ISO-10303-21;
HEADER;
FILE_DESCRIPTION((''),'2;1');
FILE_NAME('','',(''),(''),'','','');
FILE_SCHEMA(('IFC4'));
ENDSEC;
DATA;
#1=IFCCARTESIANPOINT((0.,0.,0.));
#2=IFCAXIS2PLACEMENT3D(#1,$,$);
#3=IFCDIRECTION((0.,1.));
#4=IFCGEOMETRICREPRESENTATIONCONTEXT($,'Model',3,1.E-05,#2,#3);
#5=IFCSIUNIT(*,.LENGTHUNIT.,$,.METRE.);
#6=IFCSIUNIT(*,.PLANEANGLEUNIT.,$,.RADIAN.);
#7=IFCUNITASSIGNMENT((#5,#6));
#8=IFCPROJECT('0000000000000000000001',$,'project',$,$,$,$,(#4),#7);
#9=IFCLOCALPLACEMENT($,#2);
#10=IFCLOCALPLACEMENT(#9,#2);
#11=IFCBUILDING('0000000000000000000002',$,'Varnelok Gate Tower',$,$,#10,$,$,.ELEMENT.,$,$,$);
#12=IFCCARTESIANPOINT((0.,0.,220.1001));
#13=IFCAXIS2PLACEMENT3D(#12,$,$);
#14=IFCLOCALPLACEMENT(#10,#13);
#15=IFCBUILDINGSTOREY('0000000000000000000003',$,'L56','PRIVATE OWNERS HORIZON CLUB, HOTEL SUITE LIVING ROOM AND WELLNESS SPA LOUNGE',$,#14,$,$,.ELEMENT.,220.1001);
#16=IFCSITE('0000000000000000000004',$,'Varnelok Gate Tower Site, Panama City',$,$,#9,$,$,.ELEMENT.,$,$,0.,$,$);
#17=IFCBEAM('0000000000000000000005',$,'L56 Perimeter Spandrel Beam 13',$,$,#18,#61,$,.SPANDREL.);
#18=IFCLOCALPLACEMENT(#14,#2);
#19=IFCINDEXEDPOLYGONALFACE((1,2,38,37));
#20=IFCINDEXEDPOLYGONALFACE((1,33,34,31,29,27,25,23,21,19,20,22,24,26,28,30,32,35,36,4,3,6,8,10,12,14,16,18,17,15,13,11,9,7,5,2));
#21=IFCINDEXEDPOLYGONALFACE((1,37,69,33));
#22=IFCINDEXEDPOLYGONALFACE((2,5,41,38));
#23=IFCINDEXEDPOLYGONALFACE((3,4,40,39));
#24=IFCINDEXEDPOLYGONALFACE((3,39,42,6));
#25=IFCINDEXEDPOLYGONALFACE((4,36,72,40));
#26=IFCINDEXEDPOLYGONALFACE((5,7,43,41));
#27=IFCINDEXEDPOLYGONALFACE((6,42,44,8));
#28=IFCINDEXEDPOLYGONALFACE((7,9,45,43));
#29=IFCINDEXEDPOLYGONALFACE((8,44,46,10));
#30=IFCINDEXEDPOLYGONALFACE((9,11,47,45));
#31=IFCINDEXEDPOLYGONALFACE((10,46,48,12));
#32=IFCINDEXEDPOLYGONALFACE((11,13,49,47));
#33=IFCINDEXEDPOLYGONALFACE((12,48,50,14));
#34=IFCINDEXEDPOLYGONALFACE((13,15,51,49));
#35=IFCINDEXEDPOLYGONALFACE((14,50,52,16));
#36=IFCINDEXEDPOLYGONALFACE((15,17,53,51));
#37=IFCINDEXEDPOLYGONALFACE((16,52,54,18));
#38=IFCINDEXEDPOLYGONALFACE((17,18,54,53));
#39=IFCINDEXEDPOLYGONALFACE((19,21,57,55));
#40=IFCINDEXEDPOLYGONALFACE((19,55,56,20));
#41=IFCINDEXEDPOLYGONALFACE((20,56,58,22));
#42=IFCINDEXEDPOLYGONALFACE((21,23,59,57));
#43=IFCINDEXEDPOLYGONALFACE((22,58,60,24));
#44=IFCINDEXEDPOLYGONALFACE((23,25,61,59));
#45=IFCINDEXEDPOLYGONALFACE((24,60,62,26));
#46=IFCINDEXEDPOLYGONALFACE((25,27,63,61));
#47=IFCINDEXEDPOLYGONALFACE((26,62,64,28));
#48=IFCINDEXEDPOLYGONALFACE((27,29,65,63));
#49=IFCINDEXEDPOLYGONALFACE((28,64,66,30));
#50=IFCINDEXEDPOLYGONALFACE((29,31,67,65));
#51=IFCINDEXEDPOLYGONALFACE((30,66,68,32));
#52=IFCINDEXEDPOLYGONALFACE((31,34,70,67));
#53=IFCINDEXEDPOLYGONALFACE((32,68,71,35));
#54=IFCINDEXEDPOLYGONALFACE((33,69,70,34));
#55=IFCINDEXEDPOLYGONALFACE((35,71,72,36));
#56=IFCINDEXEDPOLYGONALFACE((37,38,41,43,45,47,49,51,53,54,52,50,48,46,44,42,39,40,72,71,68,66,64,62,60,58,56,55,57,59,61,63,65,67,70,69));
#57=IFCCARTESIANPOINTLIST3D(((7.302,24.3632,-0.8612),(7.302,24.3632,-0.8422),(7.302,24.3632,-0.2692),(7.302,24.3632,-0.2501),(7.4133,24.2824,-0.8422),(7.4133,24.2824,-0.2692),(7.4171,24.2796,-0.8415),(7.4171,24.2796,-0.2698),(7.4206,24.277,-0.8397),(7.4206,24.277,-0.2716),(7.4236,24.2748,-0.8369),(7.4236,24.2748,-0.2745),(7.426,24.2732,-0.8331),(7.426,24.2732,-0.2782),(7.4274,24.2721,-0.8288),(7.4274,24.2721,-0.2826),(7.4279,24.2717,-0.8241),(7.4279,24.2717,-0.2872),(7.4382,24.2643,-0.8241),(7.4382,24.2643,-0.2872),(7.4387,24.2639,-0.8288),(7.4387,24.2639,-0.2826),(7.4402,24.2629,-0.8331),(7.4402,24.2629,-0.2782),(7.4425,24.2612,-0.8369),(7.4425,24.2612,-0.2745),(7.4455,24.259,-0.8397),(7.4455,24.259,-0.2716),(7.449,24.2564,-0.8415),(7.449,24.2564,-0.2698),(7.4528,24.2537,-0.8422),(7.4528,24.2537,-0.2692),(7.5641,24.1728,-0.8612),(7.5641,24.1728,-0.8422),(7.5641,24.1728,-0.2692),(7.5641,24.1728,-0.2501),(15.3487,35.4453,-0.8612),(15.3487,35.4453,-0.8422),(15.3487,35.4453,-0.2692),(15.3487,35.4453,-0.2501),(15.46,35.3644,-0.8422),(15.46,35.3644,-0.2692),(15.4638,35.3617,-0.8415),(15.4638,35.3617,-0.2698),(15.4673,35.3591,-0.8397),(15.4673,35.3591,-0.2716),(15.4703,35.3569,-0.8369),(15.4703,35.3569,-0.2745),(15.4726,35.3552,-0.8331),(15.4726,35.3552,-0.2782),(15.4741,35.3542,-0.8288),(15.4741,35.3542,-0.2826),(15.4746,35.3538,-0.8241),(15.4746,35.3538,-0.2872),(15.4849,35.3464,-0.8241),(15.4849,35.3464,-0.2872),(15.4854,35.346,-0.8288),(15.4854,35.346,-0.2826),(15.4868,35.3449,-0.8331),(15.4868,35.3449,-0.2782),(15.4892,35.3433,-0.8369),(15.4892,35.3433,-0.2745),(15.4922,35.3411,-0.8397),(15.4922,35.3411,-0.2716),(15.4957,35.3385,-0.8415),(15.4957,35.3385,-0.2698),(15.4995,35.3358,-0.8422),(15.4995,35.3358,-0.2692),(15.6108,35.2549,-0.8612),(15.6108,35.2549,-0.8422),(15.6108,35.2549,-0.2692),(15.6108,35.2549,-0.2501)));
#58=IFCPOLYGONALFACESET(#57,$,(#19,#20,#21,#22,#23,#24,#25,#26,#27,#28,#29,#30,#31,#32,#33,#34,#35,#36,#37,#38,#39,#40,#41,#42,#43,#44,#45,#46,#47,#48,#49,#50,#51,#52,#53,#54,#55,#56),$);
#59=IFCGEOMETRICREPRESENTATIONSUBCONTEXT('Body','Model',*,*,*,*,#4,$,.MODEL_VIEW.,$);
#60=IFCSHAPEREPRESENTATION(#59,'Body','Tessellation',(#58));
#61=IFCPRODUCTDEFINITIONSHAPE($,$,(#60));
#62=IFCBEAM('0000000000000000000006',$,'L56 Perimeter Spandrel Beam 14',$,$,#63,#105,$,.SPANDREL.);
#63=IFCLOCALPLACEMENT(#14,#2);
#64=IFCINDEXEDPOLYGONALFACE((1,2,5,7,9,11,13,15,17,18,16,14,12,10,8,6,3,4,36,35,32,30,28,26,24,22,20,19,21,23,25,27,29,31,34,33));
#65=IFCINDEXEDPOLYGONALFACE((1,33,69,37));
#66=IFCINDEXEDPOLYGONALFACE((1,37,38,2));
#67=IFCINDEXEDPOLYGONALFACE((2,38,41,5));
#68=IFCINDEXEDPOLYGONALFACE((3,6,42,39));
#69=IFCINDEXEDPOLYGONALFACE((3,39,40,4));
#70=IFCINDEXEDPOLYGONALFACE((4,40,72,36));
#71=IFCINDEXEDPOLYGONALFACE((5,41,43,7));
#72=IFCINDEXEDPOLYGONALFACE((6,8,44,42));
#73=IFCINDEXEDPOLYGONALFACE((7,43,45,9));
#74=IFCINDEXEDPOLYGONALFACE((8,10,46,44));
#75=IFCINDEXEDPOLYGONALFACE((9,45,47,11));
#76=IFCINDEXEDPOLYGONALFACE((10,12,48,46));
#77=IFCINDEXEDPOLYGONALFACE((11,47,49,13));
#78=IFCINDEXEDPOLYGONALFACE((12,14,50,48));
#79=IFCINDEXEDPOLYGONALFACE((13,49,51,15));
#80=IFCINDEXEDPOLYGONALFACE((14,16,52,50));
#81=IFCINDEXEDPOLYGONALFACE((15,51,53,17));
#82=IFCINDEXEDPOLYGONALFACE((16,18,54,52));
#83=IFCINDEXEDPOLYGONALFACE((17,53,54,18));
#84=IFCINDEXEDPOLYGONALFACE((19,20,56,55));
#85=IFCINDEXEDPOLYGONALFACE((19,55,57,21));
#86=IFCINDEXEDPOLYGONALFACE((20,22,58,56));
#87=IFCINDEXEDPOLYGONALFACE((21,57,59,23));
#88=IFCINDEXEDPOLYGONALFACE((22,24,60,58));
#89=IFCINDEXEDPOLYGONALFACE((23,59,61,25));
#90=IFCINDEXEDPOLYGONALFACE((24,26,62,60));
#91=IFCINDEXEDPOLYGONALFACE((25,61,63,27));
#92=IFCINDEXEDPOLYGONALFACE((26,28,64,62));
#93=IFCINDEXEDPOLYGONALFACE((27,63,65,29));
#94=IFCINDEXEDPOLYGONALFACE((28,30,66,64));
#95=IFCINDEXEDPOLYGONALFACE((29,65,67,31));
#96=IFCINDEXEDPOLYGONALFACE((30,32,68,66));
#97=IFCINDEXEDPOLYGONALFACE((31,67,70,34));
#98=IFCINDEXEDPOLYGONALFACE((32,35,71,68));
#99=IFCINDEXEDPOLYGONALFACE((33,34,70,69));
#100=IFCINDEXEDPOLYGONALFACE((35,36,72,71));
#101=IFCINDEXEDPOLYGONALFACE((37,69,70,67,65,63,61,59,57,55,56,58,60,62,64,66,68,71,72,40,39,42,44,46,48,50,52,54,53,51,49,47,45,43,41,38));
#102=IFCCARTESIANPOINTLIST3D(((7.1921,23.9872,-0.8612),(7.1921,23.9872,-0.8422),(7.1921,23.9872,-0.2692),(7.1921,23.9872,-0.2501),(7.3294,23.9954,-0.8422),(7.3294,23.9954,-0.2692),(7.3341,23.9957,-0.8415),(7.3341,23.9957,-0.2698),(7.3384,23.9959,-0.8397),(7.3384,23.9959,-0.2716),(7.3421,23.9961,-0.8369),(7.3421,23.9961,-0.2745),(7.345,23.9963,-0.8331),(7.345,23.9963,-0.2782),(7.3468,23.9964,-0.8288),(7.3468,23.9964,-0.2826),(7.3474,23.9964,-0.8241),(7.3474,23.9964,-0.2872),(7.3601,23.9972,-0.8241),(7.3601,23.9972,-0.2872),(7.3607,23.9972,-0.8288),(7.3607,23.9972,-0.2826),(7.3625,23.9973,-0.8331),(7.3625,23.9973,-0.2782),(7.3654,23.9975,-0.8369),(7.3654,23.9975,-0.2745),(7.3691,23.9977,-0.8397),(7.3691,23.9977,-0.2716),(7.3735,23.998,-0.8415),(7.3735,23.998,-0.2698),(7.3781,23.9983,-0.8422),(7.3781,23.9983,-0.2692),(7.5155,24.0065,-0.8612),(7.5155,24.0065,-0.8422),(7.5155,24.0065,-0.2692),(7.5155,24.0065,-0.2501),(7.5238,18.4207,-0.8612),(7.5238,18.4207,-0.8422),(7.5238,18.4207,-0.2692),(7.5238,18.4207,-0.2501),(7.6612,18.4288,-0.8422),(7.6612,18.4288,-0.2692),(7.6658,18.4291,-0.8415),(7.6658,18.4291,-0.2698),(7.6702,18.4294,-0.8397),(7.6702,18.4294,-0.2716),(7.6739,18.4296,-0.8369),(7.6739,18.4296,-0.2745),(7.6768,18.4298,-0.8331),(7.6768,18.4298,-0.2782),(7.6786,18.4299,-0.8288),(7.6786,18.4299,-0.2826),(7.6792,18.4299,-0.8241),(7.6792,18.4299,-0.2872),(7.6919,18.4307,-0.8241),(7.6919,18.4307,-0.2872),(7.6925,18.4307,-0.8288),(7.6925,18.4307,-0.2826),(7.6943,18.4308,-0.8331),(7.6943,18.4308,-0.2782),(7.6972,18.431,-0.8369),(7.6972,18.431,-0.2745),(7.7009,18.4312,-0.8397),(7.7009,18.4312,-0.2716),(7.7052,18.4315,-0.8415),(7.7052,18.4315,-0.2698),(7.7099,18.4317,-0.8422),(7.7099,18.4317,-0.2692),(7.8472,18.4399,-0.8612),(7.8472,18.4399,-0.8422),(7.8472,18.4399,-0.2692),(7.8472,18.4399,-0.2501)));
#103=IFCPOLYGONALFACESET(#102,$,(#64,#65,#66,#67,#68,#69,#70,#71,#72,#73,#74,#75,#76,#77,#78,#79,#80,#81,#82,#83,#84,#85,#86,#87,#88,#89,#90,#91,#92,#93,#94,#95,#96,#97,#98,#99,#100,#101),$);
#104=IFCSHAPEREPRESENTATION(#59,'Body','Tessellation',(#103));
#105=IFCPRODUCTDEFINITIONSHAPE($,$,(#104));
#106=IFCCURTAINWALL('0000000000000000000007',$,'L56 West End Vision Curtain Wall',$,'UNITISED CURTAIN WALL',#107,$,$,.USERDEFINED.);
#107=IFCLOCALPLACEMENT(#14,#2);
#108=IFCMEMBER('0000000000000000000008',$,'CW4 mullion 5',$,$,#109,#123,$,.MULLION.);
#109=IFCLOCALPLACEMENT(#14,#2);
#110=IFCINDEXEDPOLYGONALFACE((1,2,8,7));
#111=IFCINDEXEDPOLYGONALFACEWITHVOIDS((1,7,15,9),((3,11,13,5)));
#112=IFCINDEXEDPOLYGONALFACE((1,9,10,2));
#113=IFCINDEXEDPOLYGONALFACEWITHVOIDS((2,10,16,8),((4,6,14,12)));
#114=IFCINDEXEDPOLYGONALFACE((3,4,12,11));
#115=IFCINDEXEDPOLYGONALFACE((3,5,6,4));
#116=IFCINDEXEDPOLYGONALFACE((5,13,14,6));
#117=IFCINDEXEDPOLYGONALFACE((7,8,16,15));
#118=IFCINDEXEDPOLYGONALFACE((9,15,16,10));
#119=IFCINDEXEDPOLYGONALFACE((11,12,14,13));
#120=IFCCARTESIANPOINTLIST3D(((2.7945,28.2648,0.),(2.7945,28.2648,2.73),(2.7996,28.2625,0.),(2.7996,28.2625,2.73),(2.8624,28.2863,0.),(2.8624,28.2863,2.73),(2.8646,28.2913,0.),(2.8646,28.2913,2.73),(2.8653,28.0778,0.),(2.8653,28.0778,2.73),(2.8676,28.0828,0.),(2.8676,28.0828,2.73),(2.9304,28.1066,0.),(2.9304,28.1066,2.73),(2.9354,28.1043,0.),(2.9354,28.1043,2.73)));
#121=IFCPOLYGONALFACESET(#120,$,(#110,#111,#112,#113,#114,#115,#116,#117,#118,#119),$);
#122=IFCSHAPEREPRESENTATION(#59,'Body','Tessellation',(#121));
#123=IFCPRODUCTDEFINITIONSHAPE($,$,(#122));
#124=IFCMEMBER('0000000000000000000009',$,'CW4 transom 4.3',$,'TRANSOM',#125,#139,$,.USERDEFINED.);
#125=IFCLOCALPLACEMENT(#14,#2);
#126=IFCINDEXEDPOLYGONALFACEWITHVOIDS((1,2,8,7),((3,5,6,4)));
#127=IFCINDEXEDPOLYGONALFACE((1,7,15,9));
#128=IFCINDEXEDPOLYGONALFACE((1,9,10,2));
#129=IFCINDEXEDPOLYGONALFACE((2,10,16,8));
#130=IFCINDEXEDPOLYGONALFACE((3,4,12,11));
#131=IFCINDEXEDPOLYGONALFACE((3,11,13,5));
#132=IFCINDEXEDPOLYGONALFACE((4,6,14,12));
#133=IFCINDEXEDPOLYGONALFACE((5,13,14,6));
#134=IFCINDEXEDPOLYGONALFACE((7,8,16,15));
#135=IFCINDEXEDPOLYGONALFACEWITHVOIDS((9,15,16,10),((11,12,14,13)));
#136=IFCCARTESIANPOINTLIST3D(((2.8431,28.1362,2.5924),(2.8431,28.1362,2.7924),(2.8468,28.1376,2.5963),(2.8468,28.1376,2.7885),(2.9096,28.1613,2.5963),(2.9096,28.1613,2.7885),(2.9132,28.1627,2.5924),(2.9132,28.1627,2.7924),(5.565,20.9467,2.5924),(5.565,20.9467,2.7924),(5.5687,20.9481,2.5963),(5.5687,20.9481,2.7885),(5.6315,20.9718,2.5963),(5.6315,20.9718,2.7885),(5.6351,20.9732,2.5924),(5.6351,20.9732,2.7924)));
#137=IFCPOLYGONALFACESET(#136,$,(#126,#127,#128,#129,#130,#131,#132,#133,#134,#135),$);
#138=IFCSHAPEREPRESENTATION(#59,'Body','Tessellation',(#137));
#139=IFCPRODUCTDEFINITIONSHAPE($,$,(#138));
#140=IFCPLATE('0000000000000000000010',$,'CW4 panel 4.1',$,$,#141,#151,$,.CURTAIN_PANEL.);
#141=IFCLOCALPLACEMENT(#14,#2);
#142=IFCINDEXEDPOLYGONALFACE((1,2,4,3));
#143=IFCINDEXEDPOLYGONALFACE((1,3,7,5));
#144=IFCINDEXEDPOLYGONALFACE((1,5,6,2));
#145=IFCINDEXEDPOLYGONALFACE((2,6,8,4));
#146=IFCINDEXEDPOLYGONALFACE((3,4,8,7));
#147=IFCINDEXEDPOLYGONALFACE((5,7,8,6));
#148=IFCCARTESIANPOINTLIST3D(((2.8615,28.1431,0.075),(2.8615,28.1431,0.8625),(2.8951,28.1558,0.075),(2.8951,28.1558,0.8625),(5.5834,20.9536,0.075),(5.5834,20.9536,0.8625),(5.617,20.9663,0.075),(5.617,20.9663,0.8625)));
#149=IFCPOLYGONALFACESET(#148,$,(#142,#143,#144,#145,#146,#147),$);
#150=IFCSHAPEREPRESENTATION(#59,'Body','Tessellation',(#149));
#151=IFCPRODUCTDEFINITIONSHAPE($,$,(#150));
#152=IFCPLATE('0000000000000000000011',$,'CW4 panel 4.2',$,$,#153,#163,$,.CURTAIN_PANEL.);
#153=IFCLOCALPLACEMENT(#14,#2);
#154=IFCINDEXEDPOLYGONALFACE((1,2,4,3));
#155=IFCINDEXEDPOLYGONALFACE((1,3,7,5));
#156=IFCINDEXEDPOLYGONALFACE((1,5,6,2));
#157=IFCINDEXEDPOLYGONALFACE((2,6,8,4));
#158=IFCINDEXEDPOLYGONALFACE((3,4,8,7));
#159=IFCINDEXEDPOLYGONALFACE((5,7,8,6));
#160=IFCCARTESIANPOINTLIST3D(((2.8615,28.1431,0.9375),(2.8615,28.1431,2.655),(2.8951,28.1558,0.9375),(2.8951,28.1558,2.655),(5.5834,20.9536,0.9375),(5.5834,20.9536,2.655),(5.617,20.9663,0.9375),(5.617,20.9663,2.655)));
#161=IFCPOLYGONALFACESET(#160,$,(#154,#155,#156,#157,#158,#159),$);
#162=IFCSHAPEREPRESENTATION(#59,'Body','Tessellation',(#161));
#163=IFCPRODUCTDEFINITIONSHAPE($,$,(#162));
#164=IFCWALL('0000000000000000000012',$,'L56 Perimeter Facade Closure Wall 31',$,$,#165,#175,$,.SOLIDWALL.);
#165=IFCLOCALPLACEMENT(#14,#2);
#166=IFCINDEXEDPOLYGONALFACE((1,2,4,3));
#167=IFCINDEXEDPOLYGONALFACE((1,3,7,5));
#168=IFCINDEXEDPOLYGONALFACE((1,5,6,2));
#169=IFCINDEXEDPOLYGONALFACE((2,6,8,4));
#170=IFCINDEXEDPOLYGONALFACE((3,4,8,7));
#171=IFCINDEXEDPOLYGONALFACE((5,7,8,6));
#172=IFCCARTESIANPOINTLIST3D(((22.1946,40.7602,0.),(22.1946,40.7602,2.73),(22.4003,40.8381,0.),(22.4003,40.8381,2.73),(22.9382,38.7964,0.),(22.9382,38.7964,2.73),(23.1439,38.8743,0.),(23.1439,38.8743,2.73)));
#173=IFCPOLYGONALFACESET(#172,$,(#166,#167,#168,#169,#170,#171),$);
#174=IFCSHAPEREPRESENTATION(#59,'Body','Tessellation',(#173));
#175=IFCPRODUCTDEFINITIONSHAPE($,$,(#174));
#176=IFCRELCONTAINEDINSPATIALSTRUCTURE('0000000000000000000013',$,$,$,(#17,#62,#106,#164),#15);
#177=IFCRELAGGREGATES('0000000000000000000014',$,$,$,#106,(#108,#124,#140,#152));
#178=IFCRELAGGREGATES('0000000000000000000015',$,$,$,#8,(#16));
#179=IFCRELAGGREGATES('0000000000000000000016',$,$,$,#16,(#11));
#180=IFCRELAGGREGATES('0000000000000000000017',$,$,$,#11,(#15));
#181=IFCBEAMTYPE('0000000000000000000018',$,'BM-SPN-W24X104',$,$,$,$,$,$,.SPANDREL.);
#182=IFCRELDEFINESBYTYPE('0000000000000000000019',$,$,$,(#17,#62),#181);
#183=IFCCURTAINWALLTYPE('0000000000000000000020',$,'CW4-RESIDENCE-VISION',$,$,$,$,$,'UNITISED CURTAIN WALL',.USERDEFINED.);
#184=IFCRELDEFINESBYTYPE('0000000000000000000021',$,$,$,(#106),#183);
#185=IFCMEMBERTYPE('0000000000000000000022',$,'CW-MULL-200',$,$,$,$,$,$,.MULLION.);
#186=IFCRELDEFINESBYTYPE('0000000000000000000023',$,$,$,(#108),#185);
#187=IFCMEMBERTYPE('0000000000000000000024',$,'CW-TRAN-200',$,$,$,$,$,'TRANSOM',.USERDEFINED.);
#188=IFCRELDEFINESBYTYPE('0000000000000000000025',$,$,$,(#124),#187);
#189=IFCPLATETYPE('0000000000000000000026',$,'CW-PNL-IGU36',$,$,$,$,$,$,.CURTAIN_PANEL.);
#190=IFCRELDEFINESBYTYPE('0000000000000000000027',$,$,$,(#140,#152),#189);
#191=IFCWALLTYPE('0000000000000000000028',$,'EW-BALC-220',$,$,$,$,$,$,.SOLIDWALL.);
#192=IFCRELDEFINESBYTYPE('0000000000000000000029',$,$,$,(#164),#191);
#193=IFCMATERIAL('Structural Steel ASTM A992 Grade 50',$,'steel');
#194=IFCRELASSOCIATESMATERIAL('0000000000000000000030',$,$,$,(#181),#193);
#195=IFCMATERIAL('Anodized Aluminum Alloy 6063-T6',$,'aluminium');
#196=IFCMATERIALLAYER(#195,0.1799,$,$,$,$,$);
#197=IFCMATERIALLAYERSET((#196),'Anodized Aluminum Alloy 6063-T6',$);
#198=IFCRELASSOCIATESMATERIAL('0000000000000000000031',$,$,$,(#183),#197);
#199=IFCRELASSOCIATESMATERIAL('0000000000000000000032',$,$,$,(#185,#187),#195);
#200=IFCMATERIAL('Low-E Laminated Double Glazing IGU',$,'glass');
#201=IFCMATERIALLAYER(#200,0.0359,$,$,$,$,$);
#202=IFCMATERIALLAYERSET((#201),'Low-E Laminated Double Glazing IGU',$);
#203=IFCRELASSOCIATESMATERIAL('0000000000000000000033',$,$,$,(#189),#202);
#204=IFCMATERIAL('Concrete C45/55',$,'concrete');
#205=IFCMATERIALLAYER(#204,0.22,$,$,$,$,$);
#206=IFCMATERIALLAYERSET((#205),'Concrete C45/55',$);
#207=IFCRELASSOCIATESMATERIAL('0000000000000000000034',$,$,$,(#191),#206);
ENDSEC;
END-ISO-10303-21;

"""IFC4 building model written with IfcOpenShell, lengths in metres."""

from ifc_helpers import new_model, si_unit, direction, frame, frame_2d, origin, origin_2d, place, context, subcontext, project, spatial, rectangle, hollow_rectangle, i_section, extrude, source, transform, mapped, material, layer, layer_set, material_profile, profile_set, type_object, element, aggregate, save


model = new_model("IFC4")

# Units and contexts
model_context = context("Model", 3, precision=1e-05, world=origin(), true_north=direction((0.0, 1.0)))
body_context = subcontext(model_context, "Body", "Model", "MODEL_VIEW")
ifc_project = project(units=[si_unit("LENGTHUNIT", "METRE"), si_unit("PLANEANGLEUNIT", "RADIAN")], contexts=[model_context])

# Site, building, storey
site_placement = place(None, origin())
site = spatial("IfcSite", under=ifc_project, at=site_placement, Name="Varnelok Gate Tower Site, Panama City", CompositionType="ELEMENT", RefElevation=0.0)
building_placement = place(site_placement, origin())
building = spatial("IfcBuilding", under=site, at=building_placement, Name="Varnelok Gate Tower", CompositionType="ELEMENT")
storey_placement = place(building_placement, frame((0.0, 0.0, 220.1001)))
storey = spatial("IfcBuildingStorey", under=building, at=storey_placement, Name="L56", Description="PRIVATE OWNERS HORIZON CLUB, HOTEL SUITE LIVING ROOM AND WELLNESS SPA LOUNGE", CompositionType="ELEMENT", Elevation=220.1001)

# Shared definitions
ifc_material_1 = material(Name="Structural Steel ASTM A992 Grade 50", Category="steel")

# Beams
ifc_material_profile_1 = material_profile(ifc_material_1, i_section(OverallWidth=0.324, OverallDepth=0.6111, WebThickness=0.0127, FlangeThickness=0.019, FilletRadius=0.0181, at=origin_2d()), Name="W24X104")
ifc_profile_set_1 = profile_set([ifc_material_profile_1], Name="Structural Steel ASTM A992 Grade 50")
beam_type_1 = type_object("IfcBeamType", Name="BM-SPN-W24X104", PredefinedType="SPANDREL", material=ifc_profile_set_1)
beam_1_placement = place(storey_placement, frame((15.4797, 35.3501, -0.5557), z_axis=(-0.587549, -0.809188, 0.0), x_axis=(0.809188, -0.587549, 0.0)))
element("IfcBeam", 1, at=beam_1_placement, inside=storey, type_object=beam_type_1, Name="L56 Perimeter Spandrel Beam 13", PredefinedType="SPANDREL", context=body_context, shape_type="SweptSolid", body=[
    extrude(i_section(OverallWidth=0.324, OverallDepth=0.6111, WebThickness=0.0127, FlangeThickness=0.019, FilletRadius=0.0181, at=origin_2d()), origin(), (0.0, 0.0, 1.0), 13.6953),
])
beam_2_placement = place(storey_placement, frame((7.3538, 23.9968, -0.5557), z_axis=(0.059497, -0.998228, 0.0), x_axis=(0.998228, 0.059497, 0.0)))
element("IfcBeam", 2, at=beam_2_placement, inside=storey, type_object=beam_type_1, Name="L56 Perimeter Spandrel Beam 14", PredefinedType="SPANDREL", context=body_context, shape_type="SweptSolid", body=[
    extrude(i_section(OverallWidth=0.324, OverallDepth=0.6111, WebThickness=0.0127, FlangeThickness=0.019, FilletRadius=0.0181, at=origin_2d()), origin(), (0.0, 0.0, 1.0), 5.5764),
])

# Curtain wall, members, plates
ifc_material_2 = material(Name="Anodized Aluminum Alloy 6063-T6", Category="aluminium")
ifc_layer_1 = layer(ifc_material_2, 0.1799)
ifc_layer_set_1 = layer_set([ifc_layer_1], Name="Anodized Aluminum Alloy 6063-T6")
curtain_wall_type = type_object("IfcCurtainWallType", Name="CW4-RESIDENCE-VISION", ElementType="UNITISED CURTAIN WALL", PredefinedType="USERDEFINED", material=ifc_layer_set_1)
curtain_wall_placement = place(storey_placement, origin())
curtain_wall = element("IfcCurtainWall", 3, at=curtain_wall_placement, inside=storey, type_object=curtain_wall_type, Name="L56 West End Vision Curtain Wall", ObjectType="UNITISED CURTAIN WALL", PredefinedType="USERDEFINED")
ifc_material_profile_2 = material_profile(ifc_material_2, hollow_rectangle(XDim=0.075, YDim=0.2, WallThickness=0.0039, at=origin_2d()), Name="ALU200X75X4")
ifc_profile_set_2 = profile_set([ifc_material_profile_2], Name="Anodized Aluminum Alloy 6063-T6")
member_type_1 = type_object("IfcMemberType", Name="CW-MULL-200", PredefinedType="MULLION", material=ifc_profile_set_2)
member_1_placement = place(storey_placement, frame((2.865, 28.1846, 0.0), z_axis=(0.0, 0.0, 1.0), x_axis=(-0.935222, -0.354063, 0.0)))
member_1 = element("IfcMember", 4, at=member_1_placement, type_object=member_type_1, Name="CW4 mullion 5", PredefinedType="MULLION", context=body_context, shape_type="SweptSolid", body=[
    extrude(hollow_rectangle(XDim=0.075, YDim=0.2, WallThickness=0.0039, at=origin_2d()), origin(), (0.0, 0.0, 1.0), 2.73),
])
ifc_material_profile_3 = material_profile(ifc_material_2, hollow_rectangle(XDim=0.075, YDim=0.2, WallThickness=0.0039, at=origin_2d()), Name="ALU200X75X4")
ifc_profile_set_3 = profile_set([ifc_material_profile_3], Name="Anodized Aluminum Alloy 6063-T6")
member_type_2 = type_object("IfcMemberType", Name="CW-TRAN-200", ElementType="TRANSOM", PredefinedType="USERDEFINED", material=ifc_profile_set_3)
member_2_placement = place(storey_placement, frame((5.6001, 20.96, 2.6924), z_axis=(-0.354073, 0.935218, 0.0), x_axis=(-0.935218, -0.354073, 0.0)))
member_2 = element("IfcMember", 5, at=member_2_placement, type_object=member_type_2, Name="CW4 transom 4.3", ObjectType="TRANSOM", PredefinedType="USERDEFINED", context=body_context, shape_type="SweptSolid", body=[
    extrude(hollow_rectangle(XDim=0.075, YDim=0.2, WallThickness=0.0039, at=origin_2d()), origin(), (0.0, 0.0, 1.0), 7.6875),
])
ifc_material_3 = material(Name="Low-E Laminated Double Glazing IGU", Category="glass")
ifc_layer_2 = layer(ifc_material_3, 0.0359)
ifc_layer_set_2 = layer_set([ifc_layer_2], Name="Low-E Laminated Double Glazing IGU")
plate_type = type_object("IfcPlateType", Name="CW-PNL-IGU36", PredefinedType="CURTAIN_PANEL", material=ifc_layer_set_2)
shared_shape_1 = source(origin(), body_context, "Body", "SweptSolid", [
    extrude(rectangle(XDim=7.6875, YDim=0.0359, at=origin_2d()), origin(), (0.0, 0.0, 1.0), 0.7876),
])
plate_1_placement = place(storey_placement, frame((4.2393, 24.5547, 0.075), z_axis=(0.0, 0.0, 1.0), x_axis=(-0.354063, 0.935222, 0.0)))
plate_1 = element("IfcPlate", 6, at=plate_1_placement, type_object=plate_type, Name="CW4 panel 4.1", PredefinedType="CURTAIN_PANEL", context=body_context, shape_type="MappedRepresentation", body=[
    mapped(shared_shape_1, transform((0.0, 0.0, 0.0), scale=1.0)),
])
shared_shape_2 = source(origin(), body_context, "Body", "SweptSolid", [
    extrude(rectangle(XDim=7.6875, YDim=0.0359, at=origin_2d()), origin(), (0.0, 0.0, 1.0), 1.7175),
])
plate_2_placement = place(storey_placement, frame((4.2393, 24.5547, 0.9375), z_axis=(0.0, 0.0, 1.0), x_axis=(-0.354063, 0.935222, 0.0)))
plate_2 = element("IfcPlate", 7, at=plate_2_placement, type_object=plate_type, Name="CW4 panel 4.2", PredefinedType="CURTAIN_PANEL", context=body_context, shape_type="MappedRepresentation", body=[
    mapped(shared_shape_2, transform((0.0, 0.0, 0.0), scale=1.0)),
])
aggregate(curtain_wall, [member_1, member_2, plate_1, plate_2])

# Wall
ifc_material_4 = material(Name="Concrete C45/55", Category="concrete")
ifc_layer_3 = layer(ifc_material_4, 0.22)
ifc_layer_set_3 = layer_set([ifc_layer_3], Name="Concrete C45/55")
wall_type_1 = type_object("IfcWallType", Name="EW-BALC-220", PredefinedType="SOLIDWALL", material=ifc_layer_set_3)
wall_1_placement = place(storey_placement, frame((23.041, 38.8354, 0.0), z_axis=(0.0, 0.0, 1.0), x_axis=(-0.354128, 0.935197, 0.0)))
element("IfcWall", 8, at=wall_1_placement, inside=storey, type_object=wall_type_1, Name="L56 Perimeter Facade Closure Wall 31", PredefinedType="SOLIDWALL", context=body_context, shape_type="SweptSolid", body=[
    extrude(rectangle(XDim=2.0999, YDim=0.22, at=frame_2d((1.0498, 0.0))), origin(), (0.0, 0.0, 1.0), 2.73),
])

save(model, "model.ifc")
